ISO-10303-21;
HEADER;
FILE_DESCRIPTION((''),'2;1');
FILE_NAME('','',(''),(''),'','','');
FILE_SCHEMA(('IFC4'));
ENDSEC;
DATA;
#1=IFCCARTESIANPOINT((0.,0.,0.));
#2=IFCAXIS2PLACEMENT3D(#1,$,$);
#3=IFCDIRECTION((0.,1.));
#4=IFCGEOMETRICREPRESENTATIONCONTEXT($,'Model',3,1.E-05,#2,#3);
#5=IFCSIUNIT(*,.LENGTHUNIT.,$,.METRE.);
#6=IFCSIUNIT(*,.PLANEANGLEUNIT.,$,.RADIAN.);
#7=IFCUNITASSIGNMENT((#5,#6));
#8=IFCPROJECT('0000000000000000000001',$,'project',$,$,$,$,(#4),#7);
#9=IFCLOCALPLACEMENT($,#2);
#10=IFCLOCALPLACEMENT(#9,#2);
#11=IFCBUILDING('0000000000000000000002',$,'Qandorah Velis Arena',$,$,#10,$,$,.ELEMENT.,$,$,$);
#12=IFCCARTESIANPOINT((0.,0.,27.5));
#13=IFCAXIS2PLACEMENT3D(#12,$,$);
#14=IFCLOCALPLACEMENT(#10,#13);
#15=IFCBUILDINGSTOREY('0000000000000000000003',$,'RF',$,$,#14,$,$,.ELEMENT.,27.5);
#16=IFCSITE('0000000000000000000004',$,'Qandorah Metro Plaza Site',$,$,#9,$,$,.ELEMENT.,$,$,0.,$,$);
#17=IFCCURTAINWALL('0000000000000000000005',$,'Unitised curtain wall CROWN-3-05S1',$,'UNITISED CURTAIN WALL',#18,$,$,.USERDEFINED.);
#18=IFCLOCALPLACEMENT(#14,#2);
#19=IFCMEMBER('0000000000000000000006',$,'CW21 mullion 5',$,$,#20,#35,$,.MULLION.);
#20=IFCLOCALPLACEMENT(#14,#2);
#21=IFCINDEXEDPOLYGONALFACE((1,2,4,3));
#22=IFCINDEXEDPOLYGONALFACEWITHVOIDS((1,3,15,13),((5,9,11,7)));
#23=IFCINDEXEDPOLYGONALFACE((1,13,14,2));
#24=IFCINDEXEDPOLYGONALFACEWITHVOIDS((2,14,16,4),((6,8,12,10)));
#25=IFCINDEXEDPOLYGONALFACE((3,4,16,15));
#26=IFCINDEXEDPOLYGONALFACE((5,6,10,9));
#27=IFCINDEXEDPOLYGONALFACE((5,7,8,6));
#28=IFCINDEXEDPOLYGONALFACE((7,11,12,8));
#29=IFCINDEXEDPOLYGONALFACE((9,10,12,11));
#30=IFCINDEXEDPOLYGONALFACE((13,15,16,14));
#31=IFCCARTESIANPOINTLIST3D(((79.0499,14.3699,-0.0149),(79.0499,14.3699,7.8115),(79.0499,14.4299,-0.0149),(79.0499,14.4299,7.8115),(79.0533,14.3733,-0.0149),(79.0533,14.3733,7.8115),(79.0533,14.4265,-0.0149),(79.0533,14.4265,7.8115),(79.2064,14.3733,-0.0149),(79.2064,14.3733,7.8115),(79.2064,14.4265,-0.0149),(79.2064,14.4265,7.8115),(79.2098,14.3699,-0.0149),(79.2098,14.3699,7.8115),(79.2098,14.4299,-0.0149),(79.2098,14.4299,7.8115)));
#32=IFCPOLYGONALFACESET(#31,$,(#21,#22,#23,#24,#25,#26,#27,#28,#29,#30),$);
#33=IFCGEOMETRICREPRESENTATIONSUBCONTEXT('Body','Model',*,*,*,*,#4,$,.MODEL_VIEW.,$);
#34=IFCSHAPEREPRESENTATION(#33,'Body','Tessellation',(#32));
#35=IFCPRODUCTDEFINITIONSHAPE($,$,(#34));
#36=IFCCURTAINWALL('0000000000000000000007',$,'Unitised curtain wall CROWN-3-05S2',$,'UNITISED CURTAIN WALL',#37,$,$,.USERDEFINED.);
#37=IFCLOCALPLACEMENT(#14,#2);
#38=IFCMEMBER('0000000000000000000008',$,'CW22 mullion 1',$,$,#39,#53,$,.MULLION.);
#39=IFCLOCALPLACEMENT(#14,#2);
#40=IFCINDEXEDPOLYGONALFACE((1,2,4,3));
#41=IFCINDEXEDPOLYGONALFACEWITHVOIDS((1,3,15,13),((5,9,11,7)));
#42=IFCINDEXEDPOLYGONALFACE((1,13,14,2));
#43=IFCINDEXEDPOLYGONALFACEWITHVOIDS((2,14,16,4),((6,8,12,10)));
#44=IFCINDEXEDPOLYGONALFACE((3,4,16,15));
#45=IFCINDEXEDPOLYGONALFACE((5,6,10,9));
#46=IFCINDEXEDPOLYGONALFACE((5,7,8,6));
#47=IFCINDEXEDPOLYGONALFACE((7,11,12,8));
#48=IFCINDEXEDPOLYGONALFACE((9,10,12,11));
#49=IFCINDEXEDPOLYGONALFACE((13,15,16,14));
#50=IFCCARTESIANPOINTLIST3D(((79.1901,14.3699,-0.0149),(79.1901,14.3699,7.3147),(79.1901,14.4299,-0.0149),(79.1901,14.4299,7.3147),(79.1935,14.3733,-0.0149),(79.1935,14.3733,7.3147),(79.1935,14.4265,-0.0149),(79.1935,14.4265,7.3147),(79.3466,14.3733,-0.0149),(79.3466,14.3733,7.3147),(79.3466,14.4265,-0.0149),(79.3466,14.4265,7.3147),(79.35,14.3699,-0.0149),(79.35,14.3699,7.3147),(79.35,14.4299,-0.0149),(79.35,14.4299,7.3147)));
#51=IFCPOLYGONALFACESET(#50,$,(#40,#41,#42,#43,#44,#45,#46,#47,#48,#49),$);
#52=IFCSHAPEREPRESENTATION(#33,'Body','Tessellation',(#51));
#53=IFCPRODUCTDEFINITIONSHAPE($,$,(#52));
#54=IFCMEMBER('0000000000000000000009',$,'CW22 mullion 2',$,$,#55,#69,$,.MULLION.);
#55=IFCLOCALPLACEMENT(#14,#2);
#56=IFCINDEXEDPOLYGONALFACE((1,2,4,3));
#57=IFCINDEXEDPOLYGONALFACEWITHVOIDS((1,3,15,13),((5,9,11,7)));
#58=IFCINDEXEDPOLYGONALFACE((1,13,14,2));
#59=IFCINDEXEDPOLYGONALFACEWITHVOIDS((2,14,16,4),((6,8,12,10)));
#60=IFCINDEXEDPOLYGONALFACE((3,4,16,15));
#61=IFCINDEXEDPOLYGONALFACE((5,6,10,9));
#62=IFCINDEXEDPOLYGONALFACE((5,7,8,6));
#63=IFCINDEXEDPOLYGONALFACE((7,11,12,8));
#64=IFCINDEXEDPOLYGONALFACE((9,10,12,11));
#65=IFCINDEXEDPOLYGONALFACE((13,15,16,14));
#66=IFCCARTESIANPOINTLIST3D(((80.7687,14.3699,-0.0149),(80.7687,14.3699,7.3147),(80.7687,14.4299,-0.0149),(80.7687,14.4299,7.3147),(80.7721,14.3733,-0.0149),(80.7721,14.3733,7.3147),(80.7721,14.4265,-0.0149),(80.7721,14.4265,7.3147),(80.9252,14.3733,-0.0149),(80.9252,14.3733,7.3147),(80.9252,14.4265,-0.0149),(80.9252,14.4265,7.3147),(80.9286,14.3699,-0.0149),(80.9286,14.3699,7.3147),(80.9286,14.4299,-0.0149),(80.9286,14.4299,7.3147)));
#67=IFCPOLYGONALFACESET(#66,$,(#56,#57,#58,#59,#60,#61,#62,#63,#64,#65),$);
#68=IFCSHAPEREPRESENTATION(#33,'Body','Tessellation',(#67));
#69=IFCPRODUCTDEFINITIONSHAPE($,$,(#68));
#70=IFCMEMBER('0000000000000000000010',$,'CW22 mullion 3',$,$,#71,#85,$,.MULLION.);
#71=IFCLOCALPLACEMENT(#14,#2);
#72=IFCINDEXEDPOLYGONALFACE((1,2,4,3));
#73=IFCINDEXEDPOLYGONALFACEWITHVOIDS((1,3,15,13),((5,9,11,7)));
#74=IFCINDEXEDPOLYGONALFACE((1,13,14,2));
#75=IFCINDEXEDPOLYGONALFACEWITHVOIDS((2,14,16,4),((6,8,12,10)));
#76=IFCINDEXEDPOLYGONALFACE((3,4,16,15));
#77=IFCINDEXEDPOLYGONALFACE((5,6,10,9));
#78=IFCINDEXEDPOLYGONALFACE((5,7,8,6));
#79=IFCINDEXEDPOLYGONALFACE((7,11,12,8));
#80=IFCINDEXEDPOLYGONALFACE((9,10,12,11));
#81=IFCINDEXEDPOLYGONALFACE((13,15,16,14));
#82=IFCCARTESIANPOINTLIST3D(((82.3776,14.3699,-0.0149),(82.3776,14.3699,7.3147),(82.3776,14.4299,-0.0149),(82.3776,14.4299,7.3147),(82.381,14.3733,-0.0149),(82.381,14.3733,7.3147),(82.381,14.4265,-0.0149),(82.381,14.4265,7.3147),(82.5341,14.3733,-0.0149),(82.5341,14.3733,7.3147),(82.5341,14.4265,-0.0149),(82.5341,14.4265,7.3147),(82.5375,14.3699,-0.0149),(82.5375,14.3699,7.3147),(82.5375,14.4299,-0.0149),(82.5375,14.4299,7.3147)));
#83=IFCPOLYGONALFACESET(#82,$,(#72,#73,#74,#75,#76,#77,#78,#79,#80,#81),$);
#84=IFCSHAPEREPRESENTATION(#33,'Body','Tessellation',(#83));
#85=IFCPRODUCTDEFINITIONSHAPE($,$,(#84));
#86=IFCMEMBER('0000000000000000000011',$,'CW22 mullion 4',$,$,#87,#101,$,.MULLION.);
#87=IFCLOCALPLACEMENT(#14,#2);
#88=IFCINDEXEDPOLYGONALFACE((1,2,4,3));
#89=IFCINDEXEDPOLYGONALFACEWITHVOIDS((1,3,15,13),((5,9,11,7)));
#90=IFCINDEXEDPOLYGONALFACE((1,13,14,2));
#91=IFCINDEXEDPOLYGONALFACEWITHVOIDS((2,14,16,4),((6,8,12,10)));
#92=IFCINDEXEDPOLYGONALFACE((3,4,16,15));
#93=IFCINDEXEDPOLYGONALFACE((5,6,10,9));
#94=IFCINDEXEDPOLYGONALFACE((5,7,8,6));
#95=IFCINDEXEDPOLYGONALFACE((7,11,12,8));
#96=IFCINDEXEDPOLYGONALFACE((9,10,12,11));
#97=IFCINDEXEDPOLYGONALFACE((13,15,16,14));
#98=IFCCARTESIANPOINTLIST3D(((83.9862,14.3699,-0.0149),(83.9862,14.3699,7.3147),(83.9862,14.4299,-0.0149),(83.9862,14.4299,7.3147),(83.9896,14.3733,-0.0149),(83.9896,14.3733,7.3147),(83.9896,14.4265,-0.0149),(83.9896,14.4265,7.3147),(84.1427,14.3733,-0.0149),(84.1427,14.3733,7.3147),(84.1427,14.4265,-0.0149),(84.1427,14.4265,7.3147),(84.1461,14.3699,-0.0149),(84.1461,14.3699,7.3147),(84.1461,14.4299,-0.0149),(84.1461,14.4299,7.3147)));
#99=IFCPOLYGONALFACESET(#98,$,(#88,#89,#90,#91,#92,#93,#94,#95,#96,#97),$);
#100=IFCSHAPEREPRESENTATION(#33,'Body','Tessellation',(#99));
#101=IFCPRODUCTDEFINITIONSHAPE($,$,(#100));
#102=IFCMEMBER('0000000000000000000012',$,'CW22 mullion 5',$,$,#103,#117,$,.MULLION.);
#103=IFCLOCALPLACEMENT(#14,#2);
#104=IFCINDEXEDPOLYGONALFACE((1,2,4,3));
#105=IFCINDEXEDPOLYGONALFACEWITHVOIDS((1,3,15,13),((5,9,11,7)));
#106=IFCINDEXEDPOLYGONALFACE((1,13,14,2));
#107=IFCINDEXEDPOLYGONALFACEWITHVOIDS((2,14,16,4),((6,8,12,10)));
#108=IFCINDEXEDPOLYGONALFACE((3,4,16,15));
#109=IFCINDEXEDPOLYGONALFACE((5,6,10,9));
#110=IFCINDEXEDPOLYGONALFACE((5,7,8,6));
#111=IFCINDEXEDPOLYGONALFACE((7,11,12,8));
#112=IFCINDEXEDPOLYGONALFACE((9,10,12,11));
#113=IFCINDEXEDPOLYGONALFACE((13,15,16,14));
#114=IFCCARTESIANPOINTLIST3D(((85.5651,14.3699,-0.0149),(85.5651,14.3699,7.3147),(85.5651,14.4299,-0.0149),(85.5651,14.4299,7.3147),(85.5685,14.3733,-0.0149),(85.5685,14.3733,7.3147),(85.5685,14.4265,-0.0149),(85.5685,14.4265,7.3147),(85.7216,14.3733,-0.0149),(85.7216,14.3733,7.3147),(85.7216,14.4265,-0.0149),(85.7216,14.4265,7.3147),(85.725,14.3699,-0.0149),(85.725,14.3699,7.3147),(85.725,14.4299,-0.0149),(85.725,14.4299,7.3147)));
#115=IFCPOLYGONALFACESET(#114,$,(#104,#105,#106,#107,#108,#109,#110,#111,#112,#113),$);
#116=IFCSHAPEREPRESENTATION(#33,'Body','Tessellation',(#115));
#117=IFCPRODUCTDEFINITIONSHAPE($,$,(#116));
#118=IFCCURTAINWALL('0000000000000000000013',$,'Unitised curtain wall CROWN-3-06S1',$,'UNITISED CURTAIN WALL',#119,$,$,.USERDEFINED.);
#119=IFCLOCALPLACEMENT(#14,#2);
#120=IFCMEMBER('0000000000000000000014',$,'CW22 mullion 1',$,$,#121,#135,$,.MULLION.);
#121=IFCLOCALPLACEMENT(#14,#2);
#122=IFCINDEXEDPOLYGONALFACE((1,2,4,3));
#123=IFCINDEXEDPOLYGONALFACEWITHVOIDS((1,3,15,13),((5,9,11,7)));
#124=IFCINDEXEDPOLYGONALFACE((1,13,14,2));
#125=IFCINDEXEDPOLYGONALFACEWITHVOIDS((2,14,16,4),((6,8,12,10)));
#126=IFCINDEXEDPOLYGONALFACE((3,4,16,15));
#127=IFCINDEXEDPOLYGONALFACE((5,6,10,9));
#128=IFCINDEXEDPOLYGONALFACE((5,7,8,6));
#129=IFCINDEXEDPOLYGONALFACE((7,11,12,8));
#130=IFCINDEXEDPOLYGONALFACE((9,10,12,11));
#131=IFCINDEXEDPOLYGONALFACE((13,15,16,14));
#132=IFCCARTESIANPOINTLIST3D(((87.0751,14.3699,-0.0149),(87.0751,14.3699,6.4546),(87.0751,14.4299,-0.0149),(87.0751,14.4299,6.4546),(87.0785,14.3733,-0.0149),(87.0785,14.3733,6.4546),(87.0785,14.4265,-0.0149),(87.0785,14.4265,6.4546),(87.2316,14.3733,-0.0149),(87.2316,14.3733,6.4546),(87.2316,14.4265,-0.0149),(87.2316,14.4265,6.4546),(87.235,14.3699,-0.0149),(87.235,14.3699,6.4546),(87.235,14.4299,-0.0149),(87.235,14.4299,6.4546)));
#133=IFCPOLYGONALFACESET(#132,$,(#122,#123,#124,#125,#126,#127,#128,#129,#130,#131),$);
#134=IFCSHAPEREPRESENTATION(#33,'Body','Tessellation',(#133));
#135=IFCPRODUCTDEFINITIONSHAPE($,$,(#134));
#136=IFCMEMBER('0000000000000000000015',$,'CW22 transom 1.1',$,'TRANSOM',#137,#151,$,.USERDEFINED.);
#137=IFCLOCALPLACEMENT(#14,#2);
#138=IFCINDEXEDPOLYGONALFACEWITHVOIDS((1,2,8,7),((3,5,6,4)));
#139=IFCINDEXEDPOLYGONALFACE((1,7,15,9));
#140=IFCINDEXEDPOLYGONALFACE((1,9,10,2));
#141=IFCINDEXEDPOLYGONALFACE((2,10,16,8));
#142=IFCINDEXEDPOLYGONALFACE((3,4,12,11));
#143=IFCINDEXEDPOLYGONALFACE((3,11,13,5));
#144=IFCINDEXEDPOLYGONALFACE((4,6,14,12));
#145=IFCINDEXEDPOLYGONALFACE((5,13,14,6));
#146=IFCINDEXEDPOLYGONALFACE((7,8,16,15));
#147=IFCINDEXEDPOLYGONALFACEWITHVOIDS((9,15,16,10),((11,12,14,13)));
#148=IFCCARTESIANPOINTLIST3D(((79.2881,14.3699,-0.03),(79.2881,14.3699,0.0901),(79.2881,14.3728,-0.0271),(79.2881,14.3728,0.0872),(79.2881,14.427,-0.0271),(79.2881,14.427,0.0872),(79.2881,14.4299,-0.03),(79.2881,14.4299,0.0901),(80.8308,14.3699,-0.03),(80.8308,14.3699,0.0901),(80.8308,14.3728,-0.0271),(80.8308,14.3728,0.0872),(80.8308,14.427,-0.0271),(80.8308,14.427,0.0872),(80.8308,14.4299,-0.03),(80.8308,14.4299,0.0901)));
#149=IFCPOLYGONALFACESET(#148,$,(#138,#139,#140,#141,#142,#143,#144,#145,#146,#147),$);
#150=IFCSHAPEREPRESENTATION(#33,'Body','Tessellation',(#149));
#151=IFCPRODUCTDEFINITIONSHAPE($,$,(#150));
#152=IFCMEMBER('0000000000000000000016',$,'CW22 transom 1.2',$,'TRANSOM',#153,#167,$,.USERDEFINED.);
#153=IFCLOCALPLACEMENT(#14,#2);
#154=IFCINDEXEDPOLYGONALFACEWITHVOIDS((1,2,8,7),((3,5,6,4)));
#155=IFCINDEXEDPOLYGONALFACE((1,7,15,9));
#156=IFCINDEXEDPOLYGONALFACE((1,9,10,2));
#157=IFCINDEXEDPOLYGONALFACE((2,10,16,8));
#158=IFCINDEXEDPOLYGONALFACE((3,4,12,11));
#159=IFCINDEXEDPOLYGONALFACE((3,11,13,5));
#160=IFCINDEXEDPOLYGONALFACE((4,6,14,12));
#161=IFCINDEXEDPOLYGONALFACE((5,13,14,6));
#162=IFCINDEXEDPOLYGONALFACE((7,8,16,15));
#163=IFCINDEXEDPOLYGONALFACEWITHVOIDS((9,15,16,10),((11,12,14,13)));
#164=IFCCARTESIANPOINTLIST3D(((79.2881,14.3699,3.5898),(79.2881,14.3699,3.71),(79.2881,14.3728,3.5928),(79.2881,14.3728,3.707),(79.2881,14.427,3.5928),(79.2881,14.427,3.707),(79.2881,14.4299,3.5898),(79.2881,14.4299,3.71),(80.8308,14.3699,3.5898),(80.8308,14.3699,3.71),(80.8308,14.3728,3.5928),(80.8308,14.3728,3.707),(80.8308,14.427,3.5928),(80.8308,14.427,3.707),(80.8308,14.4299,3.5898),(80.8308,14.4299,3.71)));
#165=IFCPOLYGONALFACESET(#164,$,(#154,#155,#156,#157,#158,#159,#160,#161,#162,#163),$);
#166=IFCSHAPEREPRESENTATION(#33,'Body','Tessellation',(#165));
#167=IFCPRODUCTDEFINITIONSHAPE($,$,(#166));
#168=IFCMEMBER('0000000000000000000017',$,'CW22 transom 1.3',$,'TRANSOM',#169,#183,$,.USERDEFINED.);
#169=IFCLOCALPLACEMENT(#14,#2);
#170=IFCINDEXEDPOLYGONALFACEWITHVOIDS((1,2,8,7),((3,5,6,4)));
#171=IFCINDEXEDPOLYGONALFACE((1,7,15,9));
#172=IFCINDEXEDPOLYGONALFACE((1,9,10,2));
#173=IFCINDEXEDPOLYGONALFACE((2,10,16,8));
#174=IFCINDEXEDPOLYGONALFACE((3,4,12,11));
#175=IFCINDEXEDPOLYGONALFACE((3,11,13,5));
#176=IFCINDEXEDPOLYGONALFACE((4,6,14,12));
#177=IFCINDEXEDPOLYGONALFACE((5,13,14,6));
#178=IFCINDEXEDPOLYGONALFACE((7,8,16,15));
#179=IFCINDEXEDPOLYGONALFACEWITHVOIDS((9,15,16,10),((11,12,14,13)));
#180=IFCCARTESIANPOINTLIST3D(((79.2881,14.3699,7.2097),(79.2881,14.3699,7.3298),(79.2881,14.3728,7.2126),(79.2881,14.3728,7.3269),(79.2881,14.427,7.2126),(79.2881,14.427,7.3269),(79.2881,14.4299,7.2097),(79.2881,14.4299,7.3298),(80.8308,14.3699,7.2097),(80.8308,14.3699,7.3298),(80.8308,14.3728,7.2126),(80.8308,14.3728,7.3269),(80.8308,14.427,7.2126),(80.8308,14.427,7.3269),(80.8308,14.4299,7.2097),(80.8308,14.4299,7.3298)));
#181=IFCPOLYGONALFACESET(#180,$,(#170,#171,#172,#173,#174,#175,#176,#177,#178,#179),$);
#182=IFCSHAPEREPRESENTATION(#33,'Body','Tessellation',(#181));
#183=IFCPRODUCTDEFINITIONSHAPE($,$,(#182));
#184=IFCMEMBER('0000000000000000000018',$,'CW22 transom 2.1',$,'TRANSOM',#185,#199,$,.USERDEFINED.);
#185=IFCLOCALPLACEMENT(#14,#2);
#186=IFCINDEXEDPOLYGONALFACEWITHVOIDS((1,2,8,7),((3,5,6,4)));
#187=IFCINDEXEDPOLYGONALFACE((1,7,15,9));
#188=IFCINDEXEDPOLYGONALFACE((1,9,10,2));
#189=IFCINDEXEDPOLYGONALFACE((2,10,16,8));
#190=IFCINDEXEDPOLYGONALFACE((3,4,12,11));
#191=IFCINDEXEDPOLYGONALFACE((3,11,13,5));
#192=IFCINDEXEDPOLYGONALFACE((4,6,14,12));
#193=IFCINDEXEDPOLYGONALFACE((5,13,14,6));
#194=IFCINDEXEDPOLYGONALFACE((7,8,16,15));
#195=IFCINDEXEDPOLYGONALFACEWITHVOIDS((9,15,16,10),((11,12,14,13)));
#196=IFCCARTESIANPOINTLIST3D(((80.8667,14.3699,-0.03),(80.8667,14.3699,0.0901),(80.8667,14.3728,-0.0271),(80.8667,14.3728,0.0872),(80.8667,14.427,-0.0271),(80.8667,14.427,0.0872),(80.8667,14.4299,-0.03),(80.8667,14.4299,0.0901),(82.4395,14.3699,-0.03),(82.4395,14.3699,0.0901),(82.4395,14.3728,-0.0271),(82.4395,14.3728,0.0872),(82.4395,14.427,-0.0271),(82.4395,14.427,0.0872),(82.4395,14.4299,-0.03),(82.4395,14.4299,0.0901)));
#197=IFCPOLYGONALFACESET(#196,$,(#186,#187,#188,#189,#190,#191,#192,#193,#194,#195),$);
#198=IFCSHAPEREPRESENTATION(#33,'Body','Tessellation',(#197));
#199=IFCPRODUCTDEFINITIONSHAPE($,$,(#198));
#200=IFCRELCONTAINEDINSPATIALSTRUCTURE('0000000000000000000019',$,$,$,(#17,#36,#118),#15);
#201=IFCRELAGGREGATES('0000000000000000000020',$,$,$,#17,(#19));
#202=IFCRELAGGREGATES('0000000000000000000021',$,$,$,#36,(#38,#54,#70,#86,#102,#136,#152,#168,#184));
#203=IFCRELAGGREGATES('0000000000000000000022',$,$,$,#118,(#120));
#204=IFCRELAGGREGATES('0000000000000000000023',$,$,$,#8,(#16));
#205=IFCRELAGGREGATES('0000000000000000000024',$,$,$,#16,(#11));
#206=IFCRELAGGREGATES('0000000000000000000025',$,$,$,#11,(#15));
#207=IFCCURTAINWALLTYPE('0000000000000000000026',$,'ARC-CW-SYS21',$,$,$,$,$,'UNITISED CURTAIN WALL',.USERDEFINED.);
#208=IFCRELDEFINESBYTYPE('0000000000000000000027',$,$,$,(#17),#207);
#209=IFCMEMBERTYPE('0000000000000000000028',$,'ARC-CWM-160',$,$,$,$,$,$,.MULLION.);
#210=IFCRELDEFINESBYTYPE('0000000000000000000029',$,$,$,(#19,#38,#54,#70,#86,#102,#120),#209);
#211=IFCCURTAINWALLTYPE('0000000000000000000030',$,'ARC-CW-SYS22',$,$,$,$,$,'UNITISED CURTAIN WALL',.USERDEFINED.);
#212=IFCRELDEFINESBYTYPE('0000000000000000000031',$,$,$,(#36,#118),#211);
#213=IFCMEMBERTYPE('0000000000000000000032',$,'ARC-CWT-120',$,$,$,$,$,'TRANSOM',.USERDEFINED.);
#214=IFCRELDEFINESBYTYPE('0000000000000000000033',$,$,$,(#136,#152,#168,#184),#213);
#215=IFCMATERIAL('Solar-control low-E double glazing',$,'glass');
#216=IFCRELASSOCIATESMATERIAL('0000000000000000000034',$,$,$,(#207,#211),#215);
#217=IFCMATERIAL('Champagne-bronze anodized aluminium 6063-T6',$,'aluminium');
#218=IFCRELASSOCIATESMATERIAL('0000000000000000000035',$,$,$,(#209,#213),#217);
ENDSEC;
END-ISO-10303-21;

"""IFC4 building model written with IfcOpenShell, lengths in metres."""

from ifc_helpers import new_model, si_unit, direction, frame, origin, origin_2d, place, context, subcontext, project, spatial, hollow_rectangle, extrude, material, material_profile, profile_set, type_object, element, aggregate, save


model = new_model("IFC4")

# Units and contexts
model_context = context("Model", 3, precision=1e-05, world=origin(), true_north=direction((0.0, 1.0)))
body_context = subcontext(model_context, "Body", "Model", "MODEL_VIEW")
ifc_project = project(units=[si_unit("LENGTHUNIT", "METRE"), si_unit("PLANEANGLEUNIT", "RADIAN")], contexts=[model_context])

# Site, building, storey
site_placement = place(None, origin())
site = spatial("IfcSite", under=ifc_project, at=site_placement, Name="Qandorah Metro Plaza Site", CompositionType="ELEMENT", RefElevation=0.0)
building_placement = place(site_placement, origin())
building = spatial("IfcBuilding", under=site, at=building_placement, Name="Qandorah Velis Arena", CompositionType="ELEMENT")
storey_placement = place(building_placement, frame((0.0, 0.0, 27.5)))
storey = spatial("IfcBuildingStorey", under=building, at=storey_placement, Name="RF", CompositionType="ELEMENT", Elevation=27.5)

# Curtain wall, member
ifc_material_1 = material(Name="Solar-control low-E double glazing", Category="glass")
curtain_wall_type_1 = type_object("IfcCurtainWallType", Name="ARC-CW-SYS21", ElementType="UNITISED CURTAIN WALL", PredefinedType="USERDEFINED", material=ifc_material_1)
curtain_wall_1_placement = place(storey_placement, origin())
curtain_wall_1 = element("IfcCurtainWall", 1, at=curtain_wall_1_placement, inside=storey, type_object=curtain_wall_type_1, Name="Unitised curtain wall CROWN-3-05S1", ObjectType="UNITISED CURTAIN WALL", PredefinedType="USERDEFINED")
ifc_material_2 = material(Name="Champagne-bronze anodized aluminium 6063-T6", Category="aluminium")
ifc_material_profile_1 = material_profile(ifc_material_2, hollow_rectangle(XDim=0.0601, YDim=0.1599, WallThickness=0.0034, at=origin_2d()), Name="ALU MULLION 60x160")
ifc_profile_set_1 = profile_set([ifc_material_profile_1], Name="Champagne-bronze anodized aluminium 6063-T6")
member_type_1 = type_object("IfcMemberType", Name="ARC-CWM-160", PredefinedType="MULLION", material=ifc_profile_set_1)
member_1_placement = place(storey_placement, frame((79.1299, 14.3999, -0.0149), z_axis=(0.0, 0.0, 1.0), x_axis=(0.0, 1.0, 0.0)))
member_1 = element("IfcMember", 2, at=member_1_placement, type_object=member_type_1, Name="CW21 mullion 5", PredefinedType="MULLION", context=body_context, shape_type="SweptSolid", body=[
    extrude(hollow_rectangle(XDim=0.0601, YDim=0.1599, WallThickness=0.0034, at=origin_2d()), origin(), (0.0, 0.0, 1.0), 7.8264),
])
aggregate(curtain_wall_1, [member_1])

# Curtain wall, members
curtain_wall_type_2 = type_object("IfcCurtainWallType", Name="ARC-CW-SYS22", ElementType="UNITISED CURTAIN WALL", PredefinedType="USERDEFINED", material=ifc_material_1)
curtain_wall_2_placement = place(storey_placement, origin())
curtain_wall_2 = element("IfcCurtainWall", 3, at=curtain_wall_2_placement, inside=storey, type_object=curtain_wall_type_2, Name="Unitised curtain wall CROWN-3-05S2", ObjectType="UNITISED CURTAIN WALL", PredefinedType="USERDEFINED")
member_2_placement = place(storey_placement, frame((79.27, 14.3999, -0.0149), z_axis=(0.0, 0.0, 1.0), x_axis=(0.0, 1.0, 0.0)))
member_2 = element("IfcMember", 4, at=member_2_placement, type_object=member_type_1, Name="CW22 mullion 1", PredefinedType="MULLION", context=body_context, shape_type="SweptSolid", body=[
    extrude(hollow_rectangle(XDim=0.0601, YDim=0.1599, WallThickness=0.0034, at=origin_2d()), origin(), (0.0, 0.0, 1.0), 7.3296),
])
member_3_placement = place(storey_placement, frame((80.8486, 14.3999, -0.0149), z_axis=(0.0, 0.0, 1.0), x_axis=(0.0, 1.0, 0.0)))
member_3 = element("IfcMember", 5, at=member_3_placement, type_object=member_type_1, Name="CW22 mullion 2", PredefinedType="MULLION", context=body_context, shape_type="SweptSolid", body=[
    extrude(hollow_rectangle(XDim=0.0601, YDim=0.1599, WallThickness=0.0034, at=origin_2d()), origin(), (0.0, 0.0, 1.0), 7.3296),
])
member_4_placement = place(storey_placement, frame((82.4575, 14.3999, -0.0149), z_axis=(0.0, 0.0, 1.0), x_axis=(0.0, 1.0, 0.0)))
member_4 = element("IfcMember", 6, at=member_4_placement, type_object=member_type_1, Name="CW22 mullion 3", PredefinedType="MULLION", context=body_context, shape_type="SweptSolid", body=[
    extrude(hollow_rectangle(XDim=0.0601, YDim=0.1599, WallThickness=0.0034, at=origin_2d()), origin(), (0.0, 0.0, 1.0), 7.3296),
])
member_5_placement = place(storey_placement, frame((84.0662, 14.3999, -0.0149), z_axis=(0.0, 0.0, 1.0), x_axis=(0.0, 1.0, 0.0)))
member_5 = element("IfcMember", 7, at=member_5_placement, type_object=member_type_1, Name="CW22 mullion 4", PredefinedType="MULLION", context=body_context, shape_type="SweptSolid", body=[
    extrude(hollow_rectangle(XDim=0.0601, YDim=0.1599, WallThickness=0.0034, at=origin_2d()), origin(), (0.0, 0.0, 1.0), 7.3296),
])
member_6_placement = place(storey_placement, frame((85.645, 14.3999, -0.0149), z_axis=(0.0, 0.0, 1.0), x_axis=(0.0, 1.0, 0.0)))
member_6 = element("IfcMember", 8, at=member_6_placement, type_object=member_type_1, Name="CW22 mullion 5", PredefinedType="MULLION", context=body_context, shape_type="SweptSolid", body=[
    extrude(hollow_rectangle(XDim=0.0601, YDim=0.1599, WallThickness=0.0034, at=origin_2d()), origin(), (0.0, 0.0, 1.0), 7.3296),
])

# Curtain wall, member
curtain_wall_3_placement = place(storey_placement, origin())
curtain_wall_3 = element("IfcCurtainWall", 9, at=curtain_wall_3_placement, inside=storey, type_object=curtain_wall_type_2, Name="Unitised curtain wall CROWN-3-06S1", ObjectType="UNITISED CURTAIN WALL", PredefinedType="USERDEFINED")
member_7_placement = place(storey_placement, frame((87.155, 14.3999, -0.0149), z_axis=(0.0, 0.0, 1.0), x_axis=(0.0, 1.0, 0.0)))
member_7 = element("IfcMember", 10, at=member_7_placement, type_object=member_type_1, Name="CW22 mullion 1", PredefinedType="MULLION", context=body_context, shape_type="SweptSolid", body=[
    extrude(hollow_rectangle(XDim=0.0601, YDim=0.1599, WallThickness=0.0034, at=origin_2d()), origin(), (0.0, 0.0, 1.0), 6.4695),
])

# Members
ifc_material_profile_2 = material_profile(ifc_material_2, hollow_rectangle(XDim=0.0601, YDim=0.1201, WallThickness=0.0029, at=origin_2d()), Name="ALU TRANSOM 60x120")
ifc_profile_set_2 = profile_set([ifc_material_profile_2], Name="Champagne-bronze anodized aluminium 6063-T6")
member_type_2 = type_object("IfcMemberType", Name="ARC-CWT-120", ElementType="TRANSOM", PredefinedType="USERDEFINED", material=ifc_profile_set_2)
member_8_placement = place(storey_placement, frame((79.2881, 14.3999, 0.03), z_axis=(1.0, 0.0, 0.0), x_axis=(0.0, 1.0, 0.0)))
member_8 = element("IfcMember", 11, at=member_8_placement, type_object=member_type_2, Name="CW22 transom 1.1", ObjectType="TRANSOM", PredefinedType="USERDEFINED", context=body_context, shape_type="SweptSolid", body=[
    extrude(hollow_rectangle(XDim=0.0601, YDim=0.1201, WallThickness=0.0029, at=origin_2d()), origin(), (0.0, 0.0, 1.0), 1.5427),
])
member_9_placement = place(storey_placement, frame((79.2881, 14.3999, 3.6499), z_axis=(1.0, 0.0, 0.0), x_axis=(0.0, 1.0, 0.0)))
member_9 = element("IfcMember", 12, at=member_9_placement, type_object=member_type_2, Name="CW22 transom 1.2", ObjectType="TRANSOM", PredefinedType="USERDEFINED", context=body_context, shape_type="SweptSolid", body=[
    extrude(hollow_rectangle(XDim=0.0601, YDim=0.1201, WallThickness=0.0029, at=origin_2d()), origin(), (0.0, 0.0, 1.0), 1.5427),
])
member_10_placement = place(storey_placement, frame((79.2881, 14.3999, 7.2698), z_axis=(1.0, 0.0, 0.0), x_axis=(0.0, 1.0, 0.0)))
member_10 = element("IfcMember", 13, at=member_10_placement, type_object=member_type_2, Name="CW22 transom 1.3", ObjectType="TRANSOM", PredefinedType="USERDEFINED", context=body_context, shape_type="SweptSolid", body=[
    extrude(hollow_rectangle(XDim=0.0601, YDim=0.1201, WallThickness=0.0029, at=origin_2d()), origin(), (0.0, 0.0, 1.0), 1.5427),
])
member_11_placement = place(storey_placement, frame((80.8667, 14.3999, 0.03), z_axis=(1.0, 0.0, 0.0), x_axis=(0.0, 1.0, 0.0)))
member_11 = element("IfcMember", 14, at=member_11_placement, type_object=member_type_2, Name="CW22 transom 2.1", ObjectType="TRANSOM", PredefinedType="USERDEFINED", context=body_context, shape_type="SweptSolid", body=[
    extrude(hollow_rectangle(XDim=0.0601, YDim=0.1201, WallThickness=0.0029, at=origin_2d()), origin(), (0.0, 0.0, 1.0), 1.5728),
])

aggregate(curtain_wall_2, [member_2, member_3, member_4, member_5, member_6, member_8, member_9, member_10, member_11])
aggregate(curtain_wall_3, [member_7])

save(model, "model.ifc")
